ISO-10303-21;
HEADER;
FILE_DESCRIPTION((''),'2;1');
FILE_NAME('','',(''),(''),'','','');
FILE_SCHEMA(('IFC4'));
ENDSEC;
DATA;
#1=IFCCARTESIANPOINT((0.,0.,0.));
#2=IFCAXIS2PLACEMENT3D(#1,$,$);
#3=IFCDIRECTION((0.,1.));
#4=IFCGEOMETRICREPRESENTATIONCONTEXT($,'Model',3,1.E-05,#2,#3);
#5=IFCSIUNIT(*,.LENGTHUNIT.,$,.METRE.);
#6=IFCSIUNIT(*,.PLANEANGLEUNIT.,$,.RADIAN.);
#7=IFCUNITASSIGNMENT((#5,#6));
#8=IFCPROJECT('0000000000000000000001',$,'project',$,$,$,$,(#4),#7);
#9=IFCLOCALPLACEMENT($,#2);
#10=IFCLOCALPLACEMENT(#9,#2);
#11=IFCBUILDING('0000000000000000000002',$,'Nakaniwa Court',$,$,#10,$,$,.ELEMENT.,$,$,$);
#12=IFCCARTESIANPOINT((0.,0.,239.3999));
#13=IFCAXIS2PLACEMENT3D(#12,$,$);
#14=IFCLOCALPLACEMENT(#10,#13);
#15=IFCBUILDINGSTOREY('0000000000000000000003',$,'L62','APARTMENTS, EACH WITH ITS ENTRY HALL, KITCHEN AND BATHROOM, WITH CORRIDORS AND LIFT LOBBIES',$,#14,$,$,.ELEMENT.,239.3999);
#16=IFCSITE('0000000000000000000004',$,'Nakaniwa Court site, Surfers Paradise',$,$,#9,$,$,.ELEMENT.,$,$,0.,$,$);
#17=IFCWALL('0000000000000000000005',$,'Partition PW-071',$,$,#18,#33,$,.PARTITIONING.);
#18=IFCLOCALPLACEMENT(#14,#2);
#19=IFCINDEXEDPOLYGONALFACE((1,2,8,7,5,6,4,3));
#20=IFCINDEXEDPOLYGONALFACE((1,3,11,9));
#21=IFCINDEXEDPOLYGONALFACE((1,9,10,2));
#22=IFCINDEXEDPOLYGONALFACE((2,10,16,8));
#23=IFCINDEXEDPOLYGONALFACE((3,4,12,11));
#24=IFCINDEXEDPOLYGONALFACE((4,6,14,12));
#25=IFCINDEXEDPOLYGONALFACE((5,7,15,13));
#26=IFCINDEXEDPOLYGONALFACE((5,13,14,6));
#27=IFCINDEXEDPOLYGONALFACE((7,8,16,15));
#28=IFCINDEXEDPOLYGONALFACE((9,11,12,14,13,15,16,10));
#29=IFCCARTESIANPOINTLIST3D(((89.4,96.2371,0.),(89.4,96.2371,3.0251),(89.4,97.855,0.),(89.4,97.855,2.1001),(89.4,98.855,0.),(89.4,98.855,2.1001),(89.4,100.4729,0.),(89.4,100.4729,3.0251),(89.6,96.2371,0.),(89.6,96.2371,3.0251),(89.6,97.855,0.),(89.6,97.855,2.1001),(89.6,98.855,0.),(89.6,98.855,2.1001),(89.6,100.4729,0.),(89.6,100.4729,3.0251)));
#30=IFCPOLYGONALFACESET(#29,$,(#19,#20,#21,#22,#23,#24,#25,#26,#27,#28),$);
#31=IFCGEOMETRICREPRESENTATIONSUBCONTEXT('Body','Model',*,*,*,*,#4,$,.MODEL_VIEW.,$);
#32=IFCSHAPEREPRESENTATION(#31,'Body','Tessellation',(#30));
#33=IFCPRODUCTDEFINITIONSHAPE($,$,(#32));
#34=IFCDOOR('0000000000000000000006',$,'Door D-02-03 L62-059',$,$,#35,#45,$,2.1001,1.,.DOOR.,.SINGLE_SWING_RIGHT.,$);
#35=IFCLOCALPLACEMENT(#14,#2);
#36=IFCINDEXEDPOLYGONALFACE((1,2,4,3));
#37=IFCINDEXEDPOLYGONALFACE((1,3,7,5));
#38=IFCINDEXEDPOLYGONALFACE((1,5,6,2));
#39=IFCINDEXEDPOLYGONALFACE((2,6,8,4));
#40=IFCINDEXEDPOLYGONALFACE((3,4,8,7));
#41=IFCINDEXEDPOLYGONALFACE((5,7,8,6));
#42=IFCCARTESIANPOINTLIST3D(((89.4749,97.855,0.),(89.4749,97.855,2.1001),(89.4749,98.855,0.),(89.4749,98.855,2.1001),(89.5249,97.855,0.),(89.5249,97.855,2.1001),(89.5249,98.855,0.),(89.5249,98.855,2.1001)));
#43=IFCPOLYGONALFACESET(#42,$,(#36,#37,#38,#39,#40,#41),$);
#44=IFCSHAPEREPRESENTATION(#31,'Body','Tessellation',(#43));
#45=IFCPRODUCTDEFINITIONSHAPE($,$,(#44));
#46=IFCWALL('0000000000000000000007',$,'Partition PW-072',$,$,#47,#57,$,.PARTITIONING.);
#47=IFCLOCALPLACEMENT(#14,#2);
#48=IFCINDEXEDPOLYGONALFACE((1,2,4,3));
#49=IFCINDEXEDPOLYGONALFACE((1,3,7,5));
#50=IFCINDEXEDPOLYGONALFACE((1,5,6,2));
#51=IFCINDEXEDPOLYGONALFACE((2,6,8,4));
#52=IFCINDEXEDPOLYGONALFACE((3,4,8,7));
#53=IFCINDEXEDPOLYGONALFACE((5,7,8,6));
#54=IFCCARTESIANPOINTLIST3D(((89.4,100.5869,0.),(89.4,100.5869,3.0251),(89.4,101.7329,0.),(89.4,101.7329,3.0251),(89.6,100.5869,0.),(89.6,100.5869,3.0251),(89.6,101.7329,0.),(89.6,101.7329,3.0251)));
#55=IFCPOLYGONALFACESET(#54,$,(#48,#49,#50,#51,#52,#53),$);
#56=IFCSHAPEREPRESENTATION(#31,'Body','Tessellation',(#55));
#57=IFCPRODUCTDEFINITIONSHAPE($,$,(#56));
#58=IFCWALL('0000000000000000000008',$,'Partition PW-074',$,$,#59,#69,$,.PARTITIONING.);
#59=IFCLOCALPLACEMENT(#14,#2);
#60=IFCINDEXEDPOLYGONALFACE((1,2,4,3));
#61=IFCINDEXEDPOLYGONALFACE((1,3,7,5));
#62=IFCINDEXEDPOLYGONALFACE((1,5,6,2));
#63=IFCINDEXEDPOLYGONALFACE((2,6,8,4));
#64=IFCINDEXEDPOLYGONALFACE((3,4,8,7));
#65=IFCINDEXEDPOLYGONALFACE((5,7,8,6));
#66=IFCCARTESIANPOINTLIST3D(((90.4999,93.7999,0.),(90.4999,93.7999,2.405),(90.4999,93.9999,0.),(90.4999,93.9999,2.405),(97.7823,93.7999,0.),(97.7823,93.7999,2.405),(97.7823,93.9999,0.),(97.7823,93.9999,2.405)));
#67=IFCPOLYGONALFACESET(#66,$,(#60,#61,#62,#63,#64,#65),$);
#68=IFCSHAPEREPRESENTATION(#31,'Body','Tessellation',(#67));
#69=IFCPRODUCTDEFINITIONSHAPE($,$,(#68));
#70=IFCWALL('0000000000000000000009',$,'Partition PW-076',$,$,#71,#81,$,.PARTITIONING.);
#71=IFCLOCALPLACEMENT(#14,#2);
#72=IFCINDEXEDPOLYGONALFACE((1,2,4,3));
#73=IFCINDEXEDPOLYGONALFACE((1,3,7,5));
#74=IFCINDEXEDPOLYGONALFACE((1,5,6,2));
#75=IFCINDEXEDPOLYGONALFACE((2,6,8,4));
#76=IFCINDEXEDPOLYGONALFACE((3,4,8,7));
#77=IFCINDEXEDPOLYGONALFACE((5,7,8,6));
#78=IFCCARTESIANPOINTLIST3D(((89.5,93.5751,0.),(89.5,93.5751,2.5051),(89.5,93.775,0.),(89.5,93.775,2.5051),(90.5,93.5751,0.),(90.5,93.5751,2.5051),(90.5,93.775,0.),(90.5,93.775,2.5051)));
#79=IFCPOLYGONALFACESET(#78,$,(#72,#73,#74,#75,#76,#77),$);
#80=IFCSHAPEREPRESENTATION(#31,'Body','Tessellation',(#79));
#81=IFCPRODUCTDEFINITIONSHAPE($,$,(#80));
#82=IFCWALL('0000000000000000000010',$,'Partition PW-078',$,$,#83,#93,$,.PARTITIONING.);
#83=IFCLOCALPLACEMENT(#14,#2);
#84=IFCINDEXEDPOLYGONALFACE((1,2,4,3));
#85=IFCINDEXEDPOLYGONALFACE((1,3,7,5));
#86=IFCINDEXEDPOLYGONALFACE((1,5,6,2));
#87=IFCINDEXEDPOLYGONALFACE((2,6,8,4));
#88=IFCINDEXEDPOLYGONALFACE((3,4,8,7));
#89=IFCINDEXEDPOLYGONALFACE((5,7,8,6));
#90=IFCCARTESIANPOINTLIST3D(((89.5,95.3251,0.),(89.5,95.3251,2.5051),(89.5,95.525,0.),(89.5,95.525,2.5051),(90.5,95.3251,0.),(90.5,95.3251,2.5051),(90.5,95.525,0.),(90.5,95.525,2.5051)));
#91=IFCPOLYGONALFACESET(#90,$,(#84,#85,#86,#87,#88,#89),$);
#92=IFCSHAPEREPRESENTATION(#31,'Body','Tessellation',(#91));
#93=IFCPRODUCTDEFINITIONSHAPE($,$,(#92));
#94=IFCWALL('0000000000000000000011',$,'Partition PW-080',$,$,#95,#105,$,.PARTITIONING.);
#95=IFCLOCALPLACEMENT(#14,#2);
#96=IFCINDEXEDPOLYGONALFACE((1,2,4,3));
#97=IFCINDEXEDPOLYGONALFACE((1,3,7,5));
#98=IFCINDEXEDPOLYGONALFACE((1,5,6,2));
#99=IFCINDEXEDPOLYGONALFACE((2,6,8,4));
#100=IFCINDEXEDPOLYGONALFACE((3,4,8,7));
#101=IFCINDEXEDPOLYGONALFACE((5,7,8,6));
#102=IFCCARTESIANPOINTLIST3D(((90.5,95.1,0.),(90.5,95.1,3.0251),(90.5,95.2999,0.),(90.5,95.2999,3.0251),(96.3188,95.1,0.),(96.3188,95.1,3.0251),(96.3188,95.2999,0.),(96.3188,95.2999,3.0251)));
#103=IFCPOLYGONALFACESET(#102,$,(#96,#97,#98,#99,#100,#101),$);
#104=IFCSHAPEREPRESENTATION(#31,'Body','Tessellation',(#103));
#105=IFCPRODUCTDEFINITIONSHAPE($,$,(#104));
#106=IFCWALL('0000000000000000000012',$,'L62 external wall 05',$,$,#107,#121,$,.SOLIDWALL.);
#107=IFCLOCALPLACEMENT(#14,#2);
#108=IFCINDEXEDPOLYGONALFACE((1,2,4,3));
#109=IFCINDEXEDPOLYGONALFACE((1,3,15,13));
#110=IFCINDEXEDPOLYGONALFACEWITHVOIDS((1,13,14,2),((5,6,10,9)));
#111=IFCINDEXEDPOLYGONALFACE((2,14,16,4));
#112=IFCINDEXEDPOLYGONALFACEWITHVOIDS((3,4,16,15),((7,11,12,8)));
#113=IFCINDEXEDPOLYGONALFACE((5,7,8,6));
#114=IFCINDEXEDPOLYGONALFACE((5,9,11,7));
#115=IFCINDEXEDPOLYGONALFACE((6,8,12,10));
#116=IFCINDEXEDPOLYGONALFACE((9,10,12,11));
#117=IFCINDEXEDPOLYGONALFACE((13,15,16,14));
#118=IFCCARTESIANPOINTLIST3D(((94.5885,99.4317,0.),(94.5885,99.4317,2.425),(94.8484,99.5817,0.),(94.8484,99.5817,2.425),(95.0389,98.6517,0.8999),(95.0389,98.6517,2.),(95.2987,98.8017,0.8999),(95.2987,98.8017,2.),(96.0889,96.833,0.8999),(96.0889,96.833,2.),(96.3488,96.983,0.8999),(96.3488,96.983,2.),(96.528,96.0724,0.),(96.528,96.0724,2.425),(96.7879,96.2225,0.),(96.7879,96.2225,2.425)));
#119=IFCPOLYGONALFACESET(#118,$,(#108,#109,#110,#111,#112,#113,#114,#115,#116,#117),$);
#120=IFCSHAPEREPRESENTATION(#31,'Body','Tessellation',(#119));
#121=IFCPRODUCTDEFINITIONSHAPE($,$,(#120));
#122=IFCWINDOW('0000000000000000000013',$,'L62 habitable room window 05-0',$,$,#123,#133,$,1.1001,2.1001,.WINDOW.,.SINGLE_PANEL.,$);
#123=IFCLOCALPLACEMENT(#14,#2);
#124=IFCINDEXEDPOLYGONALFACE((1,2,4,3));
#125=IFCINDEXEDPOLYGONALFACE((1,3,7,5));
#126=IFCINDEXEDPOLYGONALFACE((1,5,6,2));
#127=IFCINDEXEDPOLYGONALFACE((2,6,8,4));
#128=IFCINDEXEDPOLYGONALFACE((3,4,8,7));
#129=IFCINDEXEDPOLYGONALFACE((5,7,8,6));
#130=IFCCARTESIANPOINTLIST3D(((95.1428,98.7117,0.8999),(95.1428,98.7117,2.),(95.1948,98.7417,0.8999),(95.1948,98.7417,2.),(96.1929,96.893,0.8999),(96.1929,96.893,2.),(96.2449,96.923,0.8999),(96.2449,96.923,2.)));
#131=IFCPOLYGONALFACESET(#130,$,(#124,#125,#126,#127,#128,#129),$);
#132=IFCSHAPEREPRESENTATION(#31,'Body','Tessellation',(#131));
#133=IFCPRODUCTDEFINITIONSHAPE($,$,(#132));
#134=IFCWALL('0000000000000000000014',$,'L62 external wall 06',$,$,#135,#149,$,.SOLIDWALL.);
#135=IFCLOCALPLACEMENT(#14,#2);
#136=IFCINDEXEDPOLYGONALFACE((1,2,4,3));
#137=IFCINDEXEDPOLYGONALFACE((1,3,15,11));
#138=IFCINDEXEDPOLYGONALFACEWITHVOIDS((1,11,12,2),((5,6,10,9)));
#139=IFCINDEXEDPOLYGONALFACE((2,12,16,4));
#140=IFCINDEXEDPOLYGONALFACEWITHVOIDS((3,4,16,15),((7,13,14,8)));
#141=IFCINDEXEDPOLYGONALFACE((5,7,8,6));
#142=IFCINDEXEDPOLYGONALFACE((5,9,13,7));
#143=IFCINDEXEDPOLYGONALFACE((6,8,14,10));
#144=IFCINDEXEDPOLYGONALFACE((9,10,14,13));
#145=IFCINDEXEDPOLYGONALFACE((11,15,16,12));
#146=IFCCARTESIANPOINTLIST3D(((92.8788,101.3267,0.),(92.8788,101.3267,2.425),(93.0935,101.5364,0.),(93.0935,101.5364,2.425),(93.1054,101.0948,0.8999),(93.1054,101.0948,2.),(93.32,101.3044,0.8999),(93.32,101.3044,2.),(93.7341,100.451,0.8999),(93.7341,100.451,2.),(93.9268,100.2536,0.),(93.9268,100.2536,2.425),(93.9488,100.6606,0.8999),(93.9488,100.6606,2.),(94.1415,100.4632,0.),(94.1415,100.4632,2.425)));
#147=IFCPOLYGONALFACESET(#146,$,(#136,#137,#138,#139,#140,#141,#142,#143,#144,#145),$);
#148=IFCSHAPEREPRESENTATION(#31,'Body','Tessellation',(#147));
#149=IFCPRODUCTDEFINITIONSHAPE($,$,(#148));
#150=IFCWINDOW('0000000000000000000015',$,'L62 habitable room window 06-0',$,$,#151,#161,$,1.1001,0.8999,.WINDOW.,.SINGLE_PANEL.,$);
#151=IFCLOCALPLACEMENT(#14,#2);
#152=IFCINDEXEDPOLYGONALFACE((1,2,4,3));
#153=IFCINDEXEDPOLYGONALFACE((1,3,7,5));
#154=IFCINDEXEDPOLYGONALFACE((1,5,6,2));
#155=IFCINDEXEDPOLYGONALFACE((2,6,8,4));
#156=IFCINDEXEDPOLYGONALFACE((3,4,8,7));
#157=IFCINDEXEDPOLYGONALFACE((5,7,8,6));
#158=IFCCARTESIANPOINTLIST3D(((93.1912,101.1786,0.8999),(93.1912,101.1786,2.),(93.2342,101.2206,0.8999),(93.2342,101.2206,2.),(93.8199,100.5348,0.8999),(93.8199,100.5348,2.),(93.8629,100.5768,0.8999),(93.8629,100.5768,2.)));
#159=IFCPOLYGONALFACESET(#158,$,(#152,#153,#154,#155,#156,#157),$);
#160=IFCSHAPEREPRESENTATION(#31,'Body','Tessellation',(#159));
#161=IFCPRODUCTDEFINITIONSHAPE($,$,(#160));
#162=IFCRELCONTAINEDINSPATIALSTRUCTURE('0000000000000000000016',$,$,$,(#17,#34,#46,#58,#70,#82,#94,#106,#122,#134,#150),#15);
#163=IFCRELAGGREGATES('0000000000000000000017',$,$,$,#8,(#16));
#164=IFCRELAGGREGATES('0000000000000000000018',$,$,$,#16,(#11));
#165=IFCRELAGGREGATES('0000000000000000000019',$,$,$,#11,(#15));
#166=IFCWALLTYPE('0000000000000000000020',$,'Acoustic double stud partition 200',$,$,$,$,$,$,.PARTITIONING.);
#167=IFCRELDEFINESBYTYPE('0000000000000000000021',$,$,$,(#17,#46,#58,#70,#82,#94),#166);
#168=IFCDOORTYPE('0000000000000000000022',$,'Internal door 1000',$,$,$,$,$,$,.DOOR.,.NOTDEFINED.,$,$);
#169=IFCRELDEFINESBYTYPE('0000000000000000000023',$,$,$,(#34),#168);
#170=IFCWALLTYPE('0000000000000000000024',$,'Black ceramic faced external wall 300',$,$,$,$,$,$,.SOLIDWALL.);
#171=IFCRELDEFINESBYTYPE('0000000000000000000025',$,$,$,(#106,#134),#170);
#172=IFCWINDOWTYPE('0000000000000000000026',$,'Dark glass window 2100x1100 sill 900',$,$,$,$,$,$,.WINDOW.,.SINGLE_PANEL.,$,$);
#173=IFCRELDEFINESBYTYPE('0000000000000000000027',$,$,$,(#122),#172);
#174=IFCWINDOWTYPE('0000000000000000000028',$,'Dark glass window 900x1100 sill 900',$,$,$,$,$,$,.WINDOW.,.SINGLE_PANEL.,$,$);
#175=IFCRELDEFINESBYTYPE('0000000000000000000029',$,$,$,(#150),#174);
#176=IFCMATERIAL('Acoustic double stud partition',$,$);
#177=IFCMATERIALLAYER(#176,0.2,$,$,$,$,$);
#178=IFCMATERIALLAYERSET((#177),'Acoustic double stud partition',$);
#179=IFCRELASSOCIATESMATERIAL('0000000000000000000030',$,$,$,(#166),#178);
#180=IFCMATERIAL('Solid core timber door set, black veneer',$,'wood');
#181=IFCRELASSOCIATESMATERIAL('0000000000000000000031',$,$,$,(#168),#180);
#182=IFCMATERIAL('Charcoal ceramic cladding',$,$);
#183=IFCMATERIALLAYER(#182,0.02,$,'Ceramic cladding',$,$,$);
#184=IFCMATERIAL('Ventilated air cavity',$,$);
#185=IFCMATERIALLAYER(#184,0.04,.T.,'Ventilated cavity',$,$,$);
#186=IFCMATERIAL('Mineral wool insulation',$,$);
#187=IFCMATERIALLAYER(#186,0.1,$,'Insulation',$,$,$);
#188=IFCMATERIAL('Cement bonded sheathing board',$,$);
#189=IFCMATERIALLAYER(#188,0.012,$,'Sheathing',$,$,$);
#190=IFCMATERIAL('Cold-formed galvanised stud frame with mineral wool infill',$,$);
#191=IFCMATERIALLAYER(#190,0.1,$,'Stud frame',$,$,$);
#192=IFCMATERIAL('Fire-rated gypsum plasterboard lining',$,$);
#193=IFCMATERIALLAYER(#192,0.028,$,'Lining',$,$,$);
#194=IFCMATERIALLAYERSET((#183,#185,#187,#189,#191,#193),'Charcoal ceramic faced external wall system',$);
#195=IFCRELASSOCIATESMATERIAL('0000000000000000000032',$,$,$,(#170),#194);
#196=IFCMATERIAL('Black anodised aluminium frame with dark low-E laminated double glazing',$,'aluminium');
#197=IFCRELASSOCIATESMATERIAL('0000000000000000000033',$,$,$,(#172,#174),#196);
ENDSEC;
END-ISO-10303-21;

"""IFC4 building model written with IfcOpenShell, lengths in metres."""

from ifc_helpers import new_model, si_unit, direction, frame, frame_2d, origin, place, context, subcontext, project, spatial, rectangle, extrude, material, layer, layer_set, type_object, element, fill, save


model = new_model("IFC4")

# Units and contexts
model_context = context("Model", 3, precision=1e-05, world=origin(), true_north=direction((0.0, 1.0)))
body_context = subcontext(model_context, "Body", "Model", "MODEL_VIEW")
ifc_project = project(units=[si_unit("LENGTHUNIT", "METRE"), si_unit("PLANEANGLEUNIT", "RADIAN")], contexts=[model_context])

# Site, building, storey
site_placement = place(None, origin())
site = spatial("IfcSite", under=ifc_project, at=site_placement, Name="Nakaniwa Court site, Surfers Paradise", CompositionType="ELEMENT", RefElevation=0.0)
building_placement = place(site_placement, origin())
building = spatial("IfcBuilding", under=site, at=building_placement, Name="Nakaniwa Court", CompositionType="ELEMENT")
storey_placement = place(building_placement, frame((0.0, 0.0, 239.3999)))
storey = spatial("IfcBuildingStorey", under=building, at=storey_placement, Name="L62", Description="APARTMENTS, EACH WITH ITS ENTRY HALL, KITCHEN AND BATHROOM, WITH CORRIDORS AND LIFT LOBBIES", CompositionType="ELEMENT", Elevation=239.3999)

# Shared definitions
ifc_material_1 = material(Name="Acoustic double stud partition")
ifc_layer_1 = layer(ifc_material_1, 0.2)
ifc_layer_set_1 = layer_set([ifc_layer_1], Name="Acoustic double stud partition")
wall_type_1 = type_object("IfcWallType", Name="Acoustic double stud partition 200", PredefinedType="PARTITIONING", material=ifc_layer_set_1)

# Wall, opening, door
wall_1_placement = place(storey_placement, frame((89.5, 100.4729, 0.0), z_axis=(0.0, 0.0, 1.0), x_axis=(0.0, -1.0, 0.0)))
wall_1 = element("IfcWall", 1, at=wall_1_placement, inside=storey, type_object=wall_type_1, Name="Partition PW-071", PredefinedType="PARTITIONING", context=body_context, shape_type="SweptSolid", body=[
    extrude(rectangle(XDim=4.2358, YDim=0.2, at=frame_2d((2.1179, 0.0))), origin(), (0.0, 0.0, 1.0), 3.0251),
])
opening_1_placement = place(wall_1_placement, frame((1.6179, 0.0, 0.0)))
opening_1 = element("IfcOpeningElement", 2, at=opening_1_placement, cuts=wall_1, PredefinedType="OPENING", context=body_context, shape_type="SweptSolid", body=[
    extrude(rectangle(XDim=1.0, YDim=2.1001, at=frame_2d((0.5, 1.05))), frame((0.0, 0.1099, 0.0), z_axis=(0.0, -1.0, 0.0), x_axis=(1.0, 0.0, 0.0)), (0.0, 0.0, 1.0), 0.22),
])
ifc_material_2 = material(Name="Solid core timber door set, black veneer", Category="wood")
door_type = type_object("IfcDoorType", Name="Internal door 1000", OperationType="NOTDEFINED", PredefinedType="DOOR", material=ifc_material_2)
door_placement = place(opening_1_placement, origin())
door = element("IfcDoor", 3, at=door_placement, inside=storey, type_object=door_type, Name="Door D-02-03 L62-059", OperationType="SINGLE_SWING_RIGHT", OverallHeight=2.1001, OverallWidth=1.0, PredefinedType="DOOR", context=body_context, shape_type="SweptSolid", body=[
    extrude(rectangle(XDim=1.0, YDim=2.1001, at=frame_2d((0.5, 1.05))), frame((0.0, 0.0249, 0.0), z_axis=(0.0, -1.0, 0.0), x_axis=(1.0, 0.0, 0.0)), (0.0, 0.0, 1.0), 0.05),
])
fill(opening_1, door)

# Walls
wall_2_placement = place(storey_placement, frame((89.5, 100.5869, 0.0), z_axis=(0.0, 0.0, 1.0), x_axis=(0.0, 1.0, 0.0)))
element("IfcWall", 4, at=wall_2_placement, inside=storey, type_object=wall_type_1, Name="Partition PW-072", PredefinedType="PARTITIONING", context=body_context, shape_type="SweptSolid", body=[
    extrude(rectangle(XDim=1.146, YDim=0.2, at=frame_2d((0.573, 0.0))), origin(), (0.0, 0.0, 1.0), 3.0251),
])
wall_3_placement = place(storey_placement, frame((90.5, 93.8999, 0.0), z_axis=(0.0, 0.0, 1.0), x_axis=(1.0, 0.0, 0.0)))
element("IfcWall", 5, at=wall_3_placement, inside=storey, type_object=wall_type_1, Name="Partition PW-074", PredefinedType="PARTITIONING", context=body_context, shape_type="SweptSolid", body=[
    extrude(rectangle(XDim=7.2825, YDim=0.2, at=frame_2d((3.6411, 0.0))), origin(), (0.0, 0.0, 1.0), 2.405),
])
for number, where, z_axis, x_axis, name in (
    (6, (89.5, 93.675, 0.0), (0.0, 0.0, 1.0), (1.0, 0.0, 0.0), "Partition PW-076"),
    (7, (89.5, 95.425, 0.0), (0.0, 0.0, 1.0), (1.0, 0.0, 0.0), "Partition PW-078"),
):
    element("IfcWall", number, at=place(storey_placement, frame(where, z_axis=z_axis, x_axis=x_axis)), inside=storey, type_object=wall_type_1, Name=name, PredefinedType="PARTITIONING", context=body_context, shape_type="SweptSolid", body=[
        extrude(rectangle(XDim=1.0, YDim=0.2, at=frame_2d((0.5, 0.0))), origin(), (0.0, 0.0, 1.0), 2.5051),
    ])
wall_4_placement = place(storey_placement, frame((90.5, 95.2, 0.0), z_axis=(0.0, 0.0, 1.0), x_axis=(1.0, 0.0, 0.0)))
element("IfcWall", 8, at=wall_4_placement, inside=storey, type_object=wall_type_1, Name="Partition PW-080", PredefinedType="PARTITIONING", context=body_context, shape_type="SweptSolid", body=[
    extrude(rectangle(XDim=5.8188, YDim=0.2, at=frame_2d((2.9094, 0.0))), origin(), (0.0, 0.0, 1.0), 3.0251),
])

# Walls, openings, windows
ifc_material_3 = material(Name="Charcoal ceramic cladding")
ifc_layer_2 = layer(ifc_material_3, 0.02, Name="Ceramic cladding")
ifc_material_4 = material(Name="Ventilated air cavity")
ifc_layer_3 = layer(ifc_material_4, 0.04, ventilated=True, Name="Ventilated cavity")
ifc_material_5 = material(Name="Mineral wool insulation")
ifc_layer_4 = layer(ifc_material_5, 0.1, Name="Insulation")
ifc_material_6 = material(Name="Cement bonded sheathing board")
ifc_layer_5 = layer(ifc_material_6, 0.012, Name="Sheathing")
ifc_material_7 = material(Name="Cold-formed galvanised stud frame with mineral wool infill")
ifc_layer_6 = layer(ifc_material_7, 0.1, Name="Stud frame")
ifc_material_8 = material(Name="Fire-rated gypsum plasterboard lining")
ifc_layer_7 = layer(ifc_material_8, 0.028, Name="Lining")
ifc_layer_set_2 = layer_set([ifc_layer_2, ifc_layer_3, ifc_layer_4, ifc_layer_5, ifc_layer_6, ifc_layer_7], Name="Charcoal ceramic faced external wall system")
wall_type_2 = type_object("IfcWallType", Name="Black ceramic faced external wall 300", PredefinedType="SOLIDWALL", material=ifc_layer_set_2)
wall_5_placement = place(storey_placement, frame((96.658, 96.1475, 0.0), z_axis=(0.0, 0.0, 1.0), x_axis=(-0.500011, 0.866019, 0.0)))
wall_5 = element("IfcWall", 9, at=wall_5_placement, inside=storey, type_object=wall_type_2, Name="L62 external wall 05", PredefinedType="SOLIDWALL", context=body_context, shape_type="SweptSolid", body=[
    extrude(rectangle(XDim=3.8789, YDim=0.3, at=frame_2d((1.9395, 0.0))), origin(), (0.0, 0.0, 1.0), 2.425),
])
opening_2_placement = place(wall_5_placement, frame((0.8782, 0.0, 0.8999)))
opening_2 = element("IfcOpeningElement", 10, at=opening_2_placement, cuts=wall_5, PredefinedType="OPENING", context=body_context, shape_type="SweptSolid", body=[
    extrude(rectangle(XDim=2.1001, YDim=1.1001, at=frame_2d((1.05, 0.55))), frame((0.0, 0.1599, 0.0), z_axis=(0.0, -1.0, 0.0), x_axis=(1.0, 0.0, 0.0)), (0.0, 0.0, 1.0), 0.3201),
])
ifc_material_9 = material(Name="Black anodised aluminium frame with dark low-E laminated double glazing", Category="aluminium")
window_type_1 = type_object("IfcWindowType", Name="Dark glass window 2100x1100 sill 900", PartitioningType="SINGLE_PANEL", PredefinedType="WINDOW", material=ifc_material_9)
window_1_placement = place(opening_2_placement, origin())
window_1 = element("IfcWindow", 11, at=window_1_placement, inside=storey, type_object=window_type_1, Name="L62 habitable room window 05-0", OverallHeight=1.1001, OverallWidth=2.1001, PartitioningType="SINGLE_PANEL", PredefinedType="WINDOW", context=body_context, shape_type="SweptSolid", body=[
    extrude(rectangle(XDim=2.1001, YDim=1.1001, at=frame_2d((1.05, 0.55))), frame((0.0, 0.03, 0.0), z_axis=(0.0, -1.0, 0.0), x_axis=(1.0, 0.0, 0.0)), (0.0, 0.0, 1.0), 0.0601),
])
fill(opening_2, window_1)
wall_6_placement = place(storey_placement, frame((94.0342, 100.3584, 0.0), z_axis=(0.0, 0.0, 1.0), x_axis=(-0.698676, 0.715439, 0.0)))
wall_6 = element("IfcWall", 12, at=wall_6_placement, inside=storey, type_object=wall_type_2, Name="L62 external wall 06", PredefinedType="SOLIDWALL", context=body_context, shape_type="SweptSolid", body=[
    extrude(rectangle(XDim=1.5, YDim=0.3, at=frame_2d((0.75, 0.0))), origin(), (0.0, 0.0, 1.0), 2.425),
])
opening_3_placement = place(wall_6_placement, frame((0.2759, 0.0, 0.8999)))
opening_3 = element("IfcOpeningElement", 13, at=opening_3_placement, cuts=wall_6, PredefinedType="OPENING", context=body_context, shape_type="SweptSolid", body=[
    extrude(rectangle(XDim=0.8999, YDim=1.1001, at=frame_2d((0.45, 0.55))), frame((0.0, 0.1599, 0.0), z_axis=(0.0, -1.0, 0.0), x_axis=(1.0, 0.0, 0.0)), (0.0, 0.0, 1.0), 0.3201),
])
window_type_2 = type_object("IfcWindowType", Name="Dark glass window 900x1100 sill 900", PartitioningType="SINGLE_PANEL", PredefinedType="WINDOW", material=ifc_material_9)
window_2_placement = place(opening_3_placement, origin())
window_2 = element("IfcWindow", 14, at=window_2_placement, inside=storey, type_object=window_type_2, Name="L62 habitable room window 06-0", OverallHeight=1.1001, OverallWidth=0.8999, PartitioningType="SINGLE_PANEL", PredefinedType="WINDOW", context=body_context, shape_type="SweptSolid", body=[
    extrude(rectangle(XDim=0.8999, YDim=1.1001, at=frame_2d((0.45, 0.55))), frame((0.0, 0.03, 0.0), z_axis=(0.0, -1.0, 0.0), x_axis=(1.0, 0.0, 0.0)), (0.0, 0.0, 1.0), 0.0601),
])
fill(opening_3, window_2)

save(model, "model.ifc")
